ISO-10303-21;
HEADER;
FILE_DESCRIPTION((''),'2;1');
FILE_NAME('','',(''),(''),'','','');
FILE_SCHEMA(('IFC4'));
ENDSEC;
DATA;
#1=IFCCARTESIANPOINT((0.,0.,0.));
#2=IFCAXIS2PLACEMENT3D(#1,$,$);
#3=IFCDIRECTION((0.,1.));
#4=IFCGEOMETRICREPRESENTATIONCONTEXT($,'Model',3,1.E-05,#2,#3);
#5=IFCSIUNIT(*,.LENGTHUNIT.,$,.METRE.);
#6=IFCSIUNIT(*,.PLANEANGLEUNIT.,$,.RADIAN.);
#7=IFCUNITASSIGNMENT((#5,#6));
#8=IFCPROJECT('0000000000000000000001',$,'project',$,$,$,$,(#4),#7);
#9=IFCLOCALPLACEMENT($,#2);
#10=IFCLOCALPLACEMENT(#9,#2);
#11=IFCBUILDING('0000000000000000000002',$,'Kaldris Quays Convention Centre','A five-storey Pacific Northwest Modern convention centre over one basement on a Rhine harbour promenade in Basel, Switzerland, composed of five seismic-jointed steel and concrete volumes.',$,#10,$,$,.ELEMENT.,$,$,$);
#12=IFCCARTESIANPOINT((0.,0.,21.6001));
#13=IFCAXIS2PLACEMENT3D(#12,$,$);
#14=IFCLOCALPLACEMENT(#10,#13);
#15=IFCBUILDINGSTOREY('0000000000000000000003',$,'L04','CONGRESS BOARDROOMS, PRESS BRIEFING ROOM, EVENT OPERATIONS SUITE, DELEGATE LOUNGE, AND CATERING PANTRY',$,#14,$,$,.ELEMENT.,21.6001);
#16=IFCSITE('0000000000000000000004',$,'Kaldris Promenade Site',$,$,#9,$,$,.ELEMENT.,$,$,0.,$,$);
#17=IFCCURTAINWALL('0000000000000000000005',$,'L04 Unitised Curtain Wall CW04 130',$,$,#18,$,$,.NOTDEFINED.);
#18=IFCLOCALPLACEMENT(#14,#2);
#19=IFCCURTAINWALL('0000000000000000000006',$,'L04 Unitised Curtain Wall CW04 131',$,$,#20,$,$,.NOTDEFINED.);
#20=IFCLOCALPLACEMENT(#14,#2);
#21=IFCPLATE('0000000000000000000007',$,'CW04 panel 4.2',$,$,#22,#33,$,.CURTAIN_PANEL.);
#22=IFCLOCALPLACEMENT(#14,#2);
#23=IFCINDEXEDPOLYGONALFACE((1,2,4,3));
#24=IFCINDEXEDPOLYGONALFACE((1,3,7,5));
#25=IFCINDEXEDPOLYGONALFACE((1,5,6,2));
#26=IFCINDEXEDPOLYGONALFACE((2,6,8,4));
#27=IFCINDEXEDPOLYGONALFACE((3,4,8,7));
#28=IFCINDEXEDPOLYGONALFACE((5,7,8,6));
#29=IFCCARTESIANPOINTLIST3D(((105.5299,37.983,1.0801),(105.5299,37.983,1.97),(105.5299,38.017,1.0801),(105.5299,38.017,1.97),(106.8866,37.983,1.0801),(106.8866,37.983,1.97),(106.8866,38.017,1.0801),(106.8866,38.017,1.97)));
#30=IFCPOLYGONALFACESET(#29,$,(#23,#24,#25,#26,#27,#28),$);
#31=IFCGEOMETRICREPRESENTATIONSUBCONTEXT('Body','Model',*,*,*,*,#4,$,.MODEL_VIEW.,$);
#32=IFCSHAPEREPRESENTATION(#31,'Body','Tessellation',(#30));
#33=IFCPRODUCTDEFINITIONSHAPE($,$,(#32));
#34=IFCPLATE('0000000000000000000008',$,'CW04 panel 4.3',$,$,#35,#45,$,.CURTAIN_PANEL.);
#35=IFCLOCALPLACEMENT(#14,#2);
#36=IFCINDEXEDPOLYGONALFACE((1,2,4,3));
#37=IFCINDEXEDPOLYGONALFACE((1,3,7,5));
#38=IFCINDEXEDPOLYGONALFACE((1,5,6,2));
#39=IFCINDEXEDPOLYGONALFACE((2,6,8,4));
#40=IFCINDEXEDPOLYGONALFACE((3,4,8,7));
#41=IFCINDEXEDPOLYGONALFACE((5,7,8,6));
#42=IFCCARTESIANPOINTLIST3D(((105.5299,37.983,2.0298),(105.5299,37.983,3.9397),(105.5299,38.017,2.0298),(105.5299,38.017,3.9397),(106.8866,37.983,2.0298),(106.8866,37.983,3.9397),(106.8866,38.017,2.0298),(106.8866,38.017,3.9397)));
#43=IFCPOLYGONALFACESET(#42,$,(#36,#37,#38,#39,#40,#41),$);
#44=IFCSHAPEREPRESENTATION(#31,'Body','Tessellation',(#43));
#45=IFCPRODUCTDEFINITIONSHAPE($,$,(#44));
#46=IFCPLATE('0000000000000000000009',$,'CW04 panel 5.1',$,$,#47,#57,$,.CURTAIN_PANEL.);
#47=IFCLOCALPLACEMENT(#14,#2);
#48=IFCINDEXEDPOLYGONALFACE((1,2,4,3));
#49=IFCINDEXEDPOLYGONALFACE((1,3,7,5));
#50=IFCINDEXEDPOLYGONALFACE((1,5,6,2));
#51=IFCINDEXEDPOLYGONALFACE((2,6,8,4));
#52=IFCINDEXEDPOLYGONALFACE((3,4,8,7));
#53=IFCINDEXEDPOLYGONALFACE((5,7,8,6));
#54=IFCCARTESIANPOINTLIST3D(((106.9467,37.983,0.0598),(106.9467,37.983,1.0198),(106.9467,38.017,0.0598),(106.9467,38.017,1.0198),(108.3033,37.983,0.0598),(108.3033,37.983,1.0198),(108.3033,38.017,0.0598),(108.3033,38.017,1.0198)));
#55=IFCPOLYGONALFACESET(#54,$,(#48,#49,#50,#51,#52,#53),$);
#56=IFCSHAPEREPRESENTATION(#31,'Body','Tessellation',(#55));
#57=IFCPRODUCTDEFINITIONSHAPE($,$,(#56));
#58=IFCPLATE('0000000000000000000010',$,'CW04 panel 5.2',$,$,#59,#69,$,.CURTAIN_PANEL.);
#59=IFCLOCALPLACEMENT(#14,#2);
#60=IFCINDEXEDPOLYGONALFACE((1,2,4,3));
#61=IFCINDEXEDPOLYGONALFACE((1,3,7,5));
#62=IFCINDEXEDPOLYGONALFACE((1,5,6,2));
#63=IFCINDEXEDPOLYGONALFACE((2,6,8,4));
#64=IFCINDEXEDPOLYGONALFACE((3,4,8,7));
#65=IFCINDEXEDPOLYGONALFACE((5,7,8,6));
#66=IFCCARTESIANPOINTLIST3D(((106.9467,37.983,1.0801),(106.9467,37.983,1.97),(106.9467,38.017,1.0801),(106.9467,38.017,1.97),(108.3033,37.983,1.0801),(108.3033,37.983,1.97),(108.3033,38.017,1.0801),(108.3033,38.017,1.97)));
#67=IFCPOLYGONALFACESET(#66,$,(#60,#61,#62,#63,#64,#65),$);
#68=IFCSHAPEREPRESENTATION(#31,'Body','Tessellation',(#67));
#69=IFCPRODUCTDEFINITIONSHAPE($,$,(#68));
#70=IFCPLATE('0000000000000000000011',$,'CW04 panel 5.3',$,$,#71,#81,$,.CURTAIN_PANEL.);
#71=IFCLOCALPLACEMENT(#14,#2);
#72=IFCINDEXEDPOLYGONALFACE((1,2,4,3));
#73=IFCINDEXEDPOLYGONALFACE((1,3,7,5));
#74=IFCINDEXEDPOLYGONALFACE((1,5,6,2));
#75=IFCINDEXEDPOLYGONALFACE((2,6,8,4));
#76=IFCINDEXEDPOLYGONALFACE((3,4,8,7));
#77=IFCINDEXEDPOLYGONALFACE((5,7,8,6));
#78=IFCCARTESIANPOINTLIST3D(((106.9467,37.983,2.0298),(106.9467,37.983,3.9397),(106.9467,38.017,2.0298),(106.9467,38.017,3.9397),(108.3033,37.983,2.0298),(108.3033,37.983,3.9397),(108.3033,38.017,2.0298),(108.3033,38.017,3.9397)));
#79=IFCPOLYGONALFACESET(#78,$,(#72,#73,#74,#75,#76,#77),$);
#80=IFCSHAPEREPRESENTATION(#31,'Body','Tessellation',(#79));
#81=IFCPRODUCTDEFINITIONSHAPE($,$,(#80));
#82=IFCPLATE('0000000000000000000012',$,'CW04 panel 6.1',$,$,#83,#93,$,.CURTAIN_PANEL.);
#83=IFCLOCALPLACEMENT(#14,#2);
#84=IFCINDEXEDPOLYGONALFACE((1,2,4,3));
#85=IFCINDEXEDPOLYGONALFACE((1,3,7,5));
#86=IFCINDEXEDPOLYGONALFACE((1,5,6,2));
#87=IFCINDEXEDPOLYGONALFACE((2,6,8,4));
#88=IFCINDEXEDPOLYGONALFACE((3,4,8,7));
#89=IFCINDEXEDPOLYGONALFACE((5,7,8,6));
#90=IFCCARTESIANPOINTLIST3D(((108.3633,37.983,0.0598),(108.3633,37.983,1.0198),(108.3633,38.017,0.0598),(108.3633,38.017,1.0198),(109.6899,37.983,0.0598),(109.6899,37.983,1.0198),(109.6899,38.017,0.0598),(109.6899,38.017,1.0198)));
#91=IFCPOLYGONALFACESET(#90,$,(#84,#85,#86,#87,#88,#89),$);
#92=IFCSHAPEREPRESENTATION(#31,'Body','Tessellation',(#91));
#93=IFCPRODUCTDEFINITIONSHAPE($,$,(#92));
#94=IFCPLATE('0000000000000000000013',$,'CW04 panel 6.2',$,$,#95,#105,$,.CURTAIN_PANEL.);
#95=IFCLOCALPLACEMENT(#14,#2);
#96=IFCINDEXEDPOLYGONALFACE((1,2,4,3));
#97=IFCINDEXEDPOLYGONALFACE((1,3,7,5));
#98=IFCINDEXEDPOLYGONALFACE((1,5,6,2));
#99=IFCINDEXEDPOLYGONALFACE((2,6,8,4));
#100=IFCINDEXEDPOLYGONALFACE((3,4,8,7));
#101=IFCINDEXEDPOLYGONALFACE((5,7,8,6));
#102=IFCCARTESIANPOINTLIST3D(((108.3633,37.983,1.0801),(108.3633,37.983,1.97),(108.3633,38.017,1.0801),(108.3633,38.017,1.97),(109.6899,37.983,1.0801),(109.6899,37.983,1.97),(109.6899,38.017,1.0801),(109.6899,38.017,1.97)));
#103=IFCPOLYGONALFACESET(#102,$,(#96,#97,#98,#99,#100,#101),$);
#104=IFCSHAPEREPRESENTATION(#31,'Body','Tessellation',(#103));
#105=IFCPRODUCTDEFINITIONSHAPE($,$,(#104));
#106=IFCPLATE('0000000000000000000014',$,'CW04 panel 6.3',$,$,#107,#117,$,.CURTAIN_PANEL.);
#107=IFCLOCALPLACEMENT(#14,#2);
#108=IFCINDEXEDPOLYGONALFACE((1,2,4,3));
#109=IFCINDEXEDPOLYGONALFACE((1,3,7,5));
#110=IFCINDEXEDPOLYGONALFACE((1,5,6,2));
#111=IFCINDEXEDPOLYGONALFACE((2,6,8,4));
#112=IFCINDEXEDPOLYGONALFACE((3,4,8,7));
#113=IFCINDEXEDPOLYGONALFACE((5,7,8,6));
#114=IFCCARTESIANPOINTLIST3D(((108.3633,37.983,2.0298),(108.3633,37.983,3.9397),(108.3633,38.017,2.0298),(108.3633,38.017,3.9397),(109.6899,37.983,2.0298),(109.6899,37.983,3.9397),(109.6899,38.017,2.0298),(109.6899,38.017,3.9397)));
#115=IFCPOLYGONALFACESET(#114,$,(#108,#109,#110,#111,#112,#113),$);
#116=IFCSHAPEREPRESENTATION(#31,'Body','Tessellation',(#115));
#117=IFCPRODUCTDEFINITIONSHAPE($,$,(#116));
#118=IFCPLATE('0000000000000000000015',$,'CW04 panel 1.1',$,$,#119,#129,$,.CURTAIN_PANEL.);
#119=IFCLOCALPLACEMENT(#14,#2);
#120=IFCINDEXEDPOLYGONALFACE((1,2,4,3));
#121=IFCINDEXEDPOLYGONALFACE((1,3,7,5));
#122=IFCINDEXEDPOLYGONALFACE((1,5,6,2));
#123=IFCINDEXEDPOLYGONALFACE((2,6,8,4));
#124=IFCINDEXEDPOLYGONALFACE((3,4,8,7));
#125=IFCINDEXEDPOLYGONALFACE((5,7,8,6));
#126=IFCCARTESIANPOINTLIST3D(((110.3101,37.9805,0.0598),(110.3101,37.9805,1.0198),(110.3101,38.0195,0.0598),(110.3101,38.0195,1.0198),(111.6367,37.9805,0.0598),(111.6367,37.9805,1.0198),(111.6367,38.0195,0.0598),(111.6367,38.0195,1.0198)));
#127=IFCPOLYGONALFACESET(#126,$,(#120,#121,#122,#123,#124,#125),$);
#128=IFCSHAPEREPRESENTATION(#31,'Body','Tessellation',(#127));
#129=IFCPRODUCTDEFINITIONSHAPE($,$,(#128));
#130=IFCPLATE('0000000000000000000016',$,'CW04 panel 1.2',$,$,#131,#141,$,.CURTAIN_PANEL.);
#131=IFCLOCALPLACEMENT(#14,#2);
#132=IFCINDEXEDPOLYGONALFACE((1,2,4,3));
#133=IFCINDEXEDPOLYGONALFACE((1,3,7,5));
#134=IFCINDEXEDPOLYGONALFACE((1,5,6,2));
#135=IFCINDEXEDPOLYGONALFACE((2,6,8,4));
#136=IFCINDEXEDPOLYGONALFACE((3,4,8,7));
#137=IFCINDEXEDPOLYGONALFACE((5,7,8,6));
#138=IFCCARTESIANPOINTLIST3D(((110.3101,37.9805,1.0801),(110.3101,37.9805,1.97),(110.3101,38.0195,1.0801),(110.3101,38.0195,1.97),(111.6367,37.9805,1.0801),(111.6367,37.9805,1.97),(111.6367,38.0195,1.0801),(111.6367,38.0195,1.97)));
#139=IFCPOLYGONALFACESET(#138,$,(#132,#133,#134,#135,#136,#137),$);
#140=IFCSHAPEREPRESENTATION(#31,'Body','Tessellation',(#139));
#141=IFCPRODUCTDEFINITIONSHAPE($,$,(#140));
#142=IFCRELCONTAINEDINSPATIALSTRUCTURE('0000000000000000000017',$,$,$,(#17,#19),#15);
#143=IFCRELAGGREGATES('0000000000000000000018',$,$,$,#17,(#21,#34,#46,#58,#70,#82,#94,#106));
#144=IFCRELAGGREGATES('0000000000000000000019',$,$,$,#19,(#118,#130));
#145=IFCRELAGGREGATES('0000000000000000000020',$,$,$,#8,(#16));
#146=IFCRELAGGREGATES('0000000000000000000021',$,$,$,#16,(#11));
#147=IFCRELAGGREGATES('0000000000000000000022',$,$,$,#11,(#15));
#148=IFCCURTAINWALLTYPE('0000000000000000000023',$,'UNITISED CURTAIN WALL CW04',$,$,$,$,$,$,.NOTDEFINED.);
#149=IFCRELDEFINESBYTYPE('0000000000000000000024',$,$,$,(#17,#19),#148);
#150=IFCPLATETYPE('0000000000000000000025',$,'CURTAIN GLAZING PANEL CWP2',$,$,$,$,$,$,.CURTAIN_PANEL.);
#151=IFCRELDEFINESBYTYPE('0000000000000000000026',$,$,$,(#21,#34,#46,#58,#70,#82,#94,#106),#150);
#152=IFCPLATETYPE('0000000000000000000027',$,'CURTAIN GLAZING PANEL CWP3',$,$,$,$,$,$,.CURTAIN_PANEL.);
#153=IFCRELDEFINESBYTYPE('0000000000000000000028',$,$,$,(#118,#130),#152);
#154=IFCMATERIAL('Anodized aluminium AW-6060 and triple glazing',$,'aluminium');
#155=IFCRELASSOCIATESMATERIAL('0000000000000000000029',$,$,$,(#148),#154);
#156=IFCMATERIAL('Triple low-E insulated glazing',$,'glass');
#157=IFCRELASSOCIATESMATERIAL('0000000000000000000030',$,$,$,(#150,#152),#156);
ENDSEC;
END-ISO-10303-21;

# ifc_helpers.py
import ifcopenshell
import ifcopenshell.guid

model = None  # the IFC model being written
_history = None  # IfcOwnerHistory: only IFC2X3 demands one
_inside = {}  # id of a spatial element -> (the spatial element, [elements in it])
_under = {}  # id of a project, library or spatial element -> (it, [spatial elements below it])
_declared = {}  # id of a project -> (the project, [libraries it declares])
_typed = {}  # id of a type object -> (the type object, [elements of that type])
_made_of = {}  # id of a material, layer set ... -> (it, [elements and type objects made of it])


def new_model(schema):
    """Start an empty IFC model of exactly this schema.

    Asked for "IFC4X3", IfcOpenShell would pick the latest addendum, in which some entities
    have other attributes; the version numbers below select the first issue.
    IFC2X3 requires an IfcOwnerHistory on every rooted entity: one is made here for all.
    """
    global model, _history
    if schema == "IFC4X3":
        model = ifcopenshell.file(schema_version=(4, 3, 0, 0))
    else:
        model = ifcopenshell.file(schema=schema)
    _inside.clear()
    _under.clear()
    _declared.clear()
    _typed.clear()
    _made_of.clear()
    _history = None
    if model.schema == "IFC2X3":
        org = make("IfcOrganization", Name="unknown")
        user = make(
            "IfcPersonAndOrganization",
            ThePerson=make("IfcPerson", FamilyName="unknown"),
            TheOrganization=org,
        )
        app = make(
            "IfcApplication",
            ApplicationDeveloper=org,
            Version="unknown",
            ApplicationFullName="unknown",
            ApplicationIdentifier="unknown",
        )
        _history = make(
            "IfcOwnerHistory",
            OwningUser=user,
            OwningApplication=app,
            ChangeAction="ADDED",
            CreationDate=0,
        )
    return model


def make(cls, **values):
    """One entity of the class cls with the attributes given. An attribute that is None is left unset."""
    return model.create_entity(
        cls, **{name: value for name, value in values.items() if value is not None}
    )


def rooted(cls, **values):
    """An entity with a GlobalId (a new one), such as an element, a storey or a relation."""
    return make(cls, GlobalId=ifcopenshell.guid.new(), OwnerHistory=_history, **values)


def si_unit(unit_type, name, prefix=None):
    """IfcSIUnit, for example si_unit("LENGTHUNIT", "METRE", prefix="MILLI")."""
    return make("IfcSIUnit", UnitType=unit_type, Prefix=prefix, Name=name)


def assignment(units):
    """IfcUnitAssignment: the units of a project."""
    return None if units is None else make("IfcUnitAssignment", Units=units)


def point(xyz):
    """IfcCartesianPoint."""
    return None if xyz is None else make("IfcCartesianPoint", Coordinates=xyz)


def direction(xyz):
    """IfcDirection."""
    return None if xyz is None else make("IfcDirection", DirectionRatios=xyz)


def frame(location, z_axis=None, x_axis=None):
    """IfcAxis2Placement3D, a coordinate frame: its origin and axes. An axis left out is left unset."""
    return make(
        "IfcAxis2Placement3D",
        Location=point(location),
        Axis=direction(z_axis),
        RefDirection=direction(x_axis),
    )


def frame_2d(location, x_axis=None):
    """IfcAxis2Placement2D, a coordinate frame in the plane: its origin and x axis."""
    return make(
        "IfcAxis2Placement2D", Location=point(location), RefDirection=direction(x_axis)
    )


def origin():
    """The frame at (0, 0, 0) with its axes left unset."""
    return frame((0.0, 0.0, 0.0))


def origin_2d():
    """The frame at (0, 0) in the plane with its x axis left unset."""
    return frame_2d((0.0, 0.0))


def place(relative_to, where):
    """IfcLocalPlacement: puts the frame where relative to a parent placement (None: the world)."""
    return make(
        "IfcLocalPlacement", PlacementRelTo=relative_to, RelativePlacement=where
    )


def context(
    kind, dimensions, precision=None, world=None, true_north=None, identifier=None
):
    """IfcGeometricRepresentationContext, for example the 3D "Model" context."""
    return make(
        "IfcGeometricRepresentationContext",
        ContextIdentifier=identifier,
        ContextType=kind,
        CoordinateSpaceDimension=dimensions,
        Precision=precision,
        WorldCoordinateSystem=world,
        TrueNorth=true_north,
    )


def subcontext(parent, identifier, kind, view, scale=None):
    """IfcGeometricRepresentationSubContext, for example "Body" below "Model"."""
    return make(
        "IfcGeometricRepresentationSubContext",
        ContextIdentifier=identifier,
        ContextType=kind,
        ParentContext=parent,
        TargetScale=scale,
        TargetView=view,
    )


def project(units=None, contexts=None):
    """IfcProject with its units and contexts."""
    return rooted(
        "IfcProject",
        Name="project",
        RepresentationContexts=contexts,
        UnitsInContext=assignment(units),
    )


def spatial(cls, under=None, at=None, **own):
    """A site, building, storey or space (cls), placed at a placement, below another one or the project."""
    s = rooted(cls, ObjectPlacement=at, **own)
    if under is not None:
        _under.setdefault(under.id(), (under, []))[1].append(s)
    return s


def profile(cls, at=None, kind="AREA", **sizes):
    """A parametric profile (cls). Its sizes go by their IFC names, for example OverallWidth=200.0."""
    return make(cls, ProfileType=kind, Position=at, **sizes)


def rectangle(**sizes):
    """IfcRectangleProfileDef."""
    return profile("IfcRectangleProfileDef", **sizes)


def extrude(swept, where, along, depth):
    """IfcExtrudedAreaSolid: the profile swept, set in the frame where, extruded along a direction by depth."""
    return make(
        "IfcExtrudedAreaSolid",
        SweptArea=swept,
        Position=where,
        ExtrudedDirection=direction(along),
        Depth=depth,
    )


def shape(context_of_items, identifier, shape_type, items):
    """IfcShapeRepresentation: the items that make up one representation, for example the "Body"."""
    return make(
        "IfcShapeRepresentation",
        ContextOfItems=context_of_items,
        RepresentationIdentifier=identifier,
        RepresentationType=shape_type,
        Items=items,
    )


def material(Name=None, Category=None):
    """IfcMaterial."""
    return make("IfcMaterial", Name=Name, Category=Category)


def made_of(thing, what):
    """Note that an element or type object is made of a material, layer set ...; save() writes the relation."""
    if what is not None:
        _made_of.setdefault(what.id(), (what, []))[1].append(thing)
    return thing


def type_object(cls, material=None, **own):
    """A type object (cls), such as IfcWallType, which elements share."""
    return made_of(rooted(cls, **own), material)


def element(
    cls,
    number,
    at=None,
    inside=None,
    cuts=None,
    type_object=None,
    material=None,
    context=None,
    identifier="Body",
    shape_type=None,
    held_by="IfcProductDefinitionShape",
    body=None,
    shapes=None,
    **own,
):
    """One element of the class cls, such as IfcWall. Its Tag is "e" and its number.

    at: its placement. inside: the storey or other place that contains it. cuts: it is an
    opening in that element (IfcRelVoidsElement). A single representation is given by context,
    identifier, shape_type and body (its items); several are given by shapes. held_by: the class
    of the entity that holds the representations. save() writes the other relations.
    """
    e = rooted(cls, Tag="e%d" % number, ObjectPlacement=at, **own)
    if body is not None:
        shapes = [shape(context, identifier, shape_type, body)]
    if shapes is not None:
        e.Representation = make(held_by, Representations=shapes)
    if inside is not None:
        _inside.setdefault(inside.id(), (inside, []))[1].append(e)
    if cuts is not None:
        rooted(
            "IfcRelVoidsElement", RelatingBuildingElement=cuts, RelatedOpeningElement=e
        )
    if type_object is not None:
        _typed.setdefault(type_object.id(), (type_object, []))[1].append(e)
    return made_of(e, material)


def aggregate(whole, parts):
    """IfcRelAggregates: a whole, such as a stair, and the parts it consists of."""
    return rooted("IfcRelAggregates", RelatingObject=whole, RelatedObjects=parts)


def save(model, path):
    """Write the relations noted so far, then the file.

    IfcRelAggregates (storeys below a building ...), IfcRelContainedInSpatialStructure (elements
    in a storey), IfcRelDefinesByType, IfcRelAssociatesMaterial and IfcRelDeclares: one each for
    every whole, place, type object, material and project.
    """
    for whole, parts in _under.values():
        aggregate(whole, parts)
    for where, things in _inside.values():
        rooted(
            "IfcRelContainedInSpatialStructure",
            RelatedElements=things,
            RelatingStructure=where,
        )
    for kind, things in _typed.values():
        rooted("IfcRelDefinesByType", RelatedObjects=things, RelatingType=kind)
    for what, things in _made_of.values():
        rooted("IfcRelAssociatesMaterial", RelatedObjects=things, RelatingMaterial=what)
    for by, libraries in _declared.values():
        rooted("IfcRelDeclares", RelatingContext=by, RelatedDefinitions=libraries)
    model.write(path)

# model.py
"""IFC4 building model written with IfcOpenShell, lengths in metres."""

from ifc_helpers import new_model, si_unit, direction, frame, origin, origin_2d, place, context, subcontext, project, spatial, rectangle, extrude, material, type_object, element, aggregate, save


model = new_model("IFC4")

# Units and contexts
model_context = context("Model", 3, precision=1e-05, world=origin(), true_north=direction((0.0, 1.0)))
body_context = subcontext(model_context, "Body", "Model", "MODEL_VIEW")
ifc_project = project(units=[si_unit("LENGTHUNIT", "METRE"), si_unit("PLANEANGLEUNIT", "RADIAN")], contexts=[model_context])

# Site, building, storey
site_placement = place(None, origin())
site = spatial("IfcSite", under=ifc_project, at=site_placement, Name="Kaldris Promenade Site", CompositionType="ELEMENT", RefElevation=0.0)
building_placement = place(site_placement, origin())
building = spatial("IfcBuilding", under=site, at=building_placement, Name="Kaldris Quays Convention Centre", Description="A five-storey Pacific Northwest Modern convention centre over one basement on a Rhine harbour promenade in Basel, Switzerland, composed of five seismic-jointed steel and concrete volumes.", CompositionType="ELEMENT")
storey_placement = place(building_placement, frame((0.0, 0.0, 21.6001)))
storey = spatial("IfcBuildingStorey", under=building, at=storey_placement, Name="L04", Description="CONGRESS BOARDROOMS, PRESS BRIEFING ROOM, EVENT OPERATIONS SUITE, DELEGATE LOUNGE, AND CATERING PANTRY", CompositionType="ELEMENT", Elevation=21.6001)

# Curtain wall
ifc_material_1 = material(Name="Anodized aluminium AW-6060 and triple glazing", Category="aluminium")
curtain_wall_type = type_object("IfcCurtainWallType", Name="UNITISED CURTAIN WALL CW04", PredefinedType="NOTDEFINED", material=ifc_material_1)
curtain_wall_1_placement = place(storey_placement, origin())
curtain_wall_1 = element("IfcCurtainWall", 1, at=curtain_wall_1_placement, inside=storey, type_object=curtain_wall_type, Name="L04 Unitised Curtain Wall CW04 130", PredefinedType="NOTDEFINED")

# Curtain wall
curtain_wall_2_placement = place(storey_placement, origin())
curtain_wall_2 = element("IfcCurtainWall", 2, at=curtain_wall_2_placement, inside=storey, type_object=curtain_wall_type, Name="L04 Unitised Curtain Wall CW04 131", PredefinedType="NOTDEFINED")

# Plates
ifc_material_2 = material(Name="Triple low-E insulated glazing", Category="glass")
plate_type_1 = type_object("IfcPlateType", Name="CURTAIN GLAZING PANEL CWP2", PredefinedType="CURTAIN_PANEL", material=ifc_material_2)
plate_1_placement = place(storey_placement, frame((106.2083, 38.0, 1.0801), z_axis=(0.0, 0.0, 1.0), x_axis=(1.0, 0.0, 0.0)))
plate_1 = element("IfcPlate", 3, at=plate_1_placement, type_object=plate_type_1, Name="CW04 panel 4.2", PredefinedType="CURTAIN_PANEL", context=body_context, shape_type="SweptSolid", body=[
    extrude(rectangle(XDim=1.3567, YDim=0.0339, at=origin_2d()), origin(), (0.0, 0.0, 1.0), 0.8899),
])
plate_2_placement = place(storey_placement, frame((106.2083, 38.0, 2.0298), z_axis=(0.0, 0.0, 1.0), x_axis=(1.0, 0.0, 0.0)))
plate_2 = element("IfcPlate", 4, at=plate_2_placement, type_object=plate_type_1, Name="CW04 panel 4.3", PredefinedType="CURTAIN_PANEL", context=body_context, shape_type="SweptSolid", body=[
    extrude(rectangle(XDim=1.3567, YDim=0.0339, at=origin_2d()), origin(), (0.0, 0.0, 1.0), 1.9099),
])
plate_3_placement = place(storey_placement, frame((107.625, 38.0, 0.0598), z_axis=(0.0, 0.0, 1.0), x_axis=(1.0, 0.0, 0.0)))
plate_3 = element("IfcPlate", 5, at=plate_3_placement, type_object=plate_type_1, Name="CW04 panel 5.1", PredefinedType="CURTAIN_PANEL", context=body_context, shape_type="SweptSolid", body=[
    extrude(rectangle(XDim=1.3567, YDim=0.0339, at=origin_2d()), origin(), (0.0, 0.0, 1.0), 0.96),
])
plate_4_placement = place(storey_placement, frame((107.625, 38.0, 1.0801), z_axis=(0.0, 0.0, 1.0), x_axis=(1.0, 0.0, 0.0)))
plate_4 = element("IfcPlate", 6, at=plate_4_placement, type_object=plate_type_1, Name="CW04 panel 5.2", PredefinedType="CURTAIN_PANEL", context=body_context, shape_type="SweptSolid", body=[
    extrude(rectangle(XDim=1.3567, YDim=0.0339, at=origin_2d()), origin(), (0.0, 0.0, 1.0), 0.8899),
])
plate_5_placement = place(storey_placement, frame((107.625, 38.0, 2.0298), z_axis=(0.0, 0.0, 1.0), x_axis=(1.0, 0.0, 0.0)))
plate_5 = element("IfcPlate", 7, at=plate_5_placement, type_object=plate_type_1, Name="CW04 panel 5.3", PredefinedType="CURTAIN_PANEL", context=body_context, shape_type="SweptSolid", body=[
    extrude(rectangle(XDim=1.3567, YDim=0.0339, at=origin_2d()), origin(), (0.0, 0.0, 1.0), 1.9099),
])
plate_6_placement = place(storey_placement, frame((109.0266, 38.0, 0.0598), z_axis=(0.0, 0.0, 1.0), x_axis=(1.0, 0.0, 0.0)))
plate_6 = element("IfcPlate", 8, at=plate_6_placement, type_object=plate_type_1, Name="CW04 panel 6.1", PredefinedType="CURTAIN_PANEL", context=body_context, shape_type="SweptSolid", body=[
    extrude(rectangle(XDim=1.3267, YDim=0.0339, at=origin_2d()), origin(), (0.0, 0.0, 1.0), 0.96),
])
plate_7_placement = place(storey_placement, frame((109.0266, 38.0, 1.0801), z_axis=(0.0, 0.0, 1.0), x_axis=(1.0, 0.0, 0.0)))
plate_7 = element("IfcPlate", 9, at=plate_7_placement, type_object=plate_type_1, Name="CW04 panel 6.2", PredefinedType="CURTAIN_PANEL", context=body_context, shape_type="SweptSolid", body=[
    extrude(rectangle(XDim=1.3267, YDim=0.0339, at=origin_2d()), origin(), (0.0, 0.0, 1.0), 0.8899),
])
plate_8_placement = place(storey_placement, frame((109.0266, 38.0, 2.0298), z_axis=(0.0, 0.0, 1.0), x_axis=(1.0, 0.0, 0.0)))
plate_8 = element("IfcPlate", 10, at=plate_8_placement, type_object=plate_type_1, Name="CW04 panel 6.3", PredefinedType="CURTAIN_PANEL", context=body_context, shape_type="SweptSolid", body=[
    extrude(rectangle(XDim=1.3267, YDim=0.0339, at=origin_2d()), origin(), (0.0, 0.0, 1.0), 1.9099),
])
aggregate(curtain_wall_1, [plate_1, plate_2, plate_3, plate_4, plate_5, plate_6, plate_7, plate_8])
plate_type_2 = type_object("IfcPlateType", Name="CURTAIN GLAZING PANEL CWP3", PredefinedType="CURTAIN_PANEL", material=ifc_material_2)
plate_9_placement = place(storey_placement, frame((110.9734, 38.0, 0.0598), z_axis=(0.0, 0.0, 1.0), x_axis=(1.0, 0.0, 0.0)))
plate_9 = element("IfcPlate", 11, at=plate_9_placement, type_object=plate_type_2, Name="CW04 panel 1.1", PredefinedType="CURTAIN_PANEL", context=body_context, shape_type="SweptSolid", body=[
    extrude(rectangle(XDim=1.3267, YDim=0.0391, at=origin_2d()), origin(), (0.0, 0.0, 1.0), 0.96),
])
plate_10_placement = place(storey_placement, frame((110.9734, 38.0, 1.0801), z_axis=(0.0, 0.0, 1.0), x_axis=(1.0, 0.0, 0.0)))
plate_10 = element("IfcPlate", 12, at=plate_10_placement, type_object=plate_type_2, Name="CW04 panel 1.2", PredefinedType="CURTAIN_PANEL", context=body_context, shape_type="SweptSolid", body=[
    extrude(rectangle(XDim=1.3267, YDim=0.0391, at=origin_2d()), origin(), (0.0, 0.0, 1.0), 0.8899),
])
aggregate(curtain_wall_2, [plate_9, plate_10])

save(model, "model.ifc")
